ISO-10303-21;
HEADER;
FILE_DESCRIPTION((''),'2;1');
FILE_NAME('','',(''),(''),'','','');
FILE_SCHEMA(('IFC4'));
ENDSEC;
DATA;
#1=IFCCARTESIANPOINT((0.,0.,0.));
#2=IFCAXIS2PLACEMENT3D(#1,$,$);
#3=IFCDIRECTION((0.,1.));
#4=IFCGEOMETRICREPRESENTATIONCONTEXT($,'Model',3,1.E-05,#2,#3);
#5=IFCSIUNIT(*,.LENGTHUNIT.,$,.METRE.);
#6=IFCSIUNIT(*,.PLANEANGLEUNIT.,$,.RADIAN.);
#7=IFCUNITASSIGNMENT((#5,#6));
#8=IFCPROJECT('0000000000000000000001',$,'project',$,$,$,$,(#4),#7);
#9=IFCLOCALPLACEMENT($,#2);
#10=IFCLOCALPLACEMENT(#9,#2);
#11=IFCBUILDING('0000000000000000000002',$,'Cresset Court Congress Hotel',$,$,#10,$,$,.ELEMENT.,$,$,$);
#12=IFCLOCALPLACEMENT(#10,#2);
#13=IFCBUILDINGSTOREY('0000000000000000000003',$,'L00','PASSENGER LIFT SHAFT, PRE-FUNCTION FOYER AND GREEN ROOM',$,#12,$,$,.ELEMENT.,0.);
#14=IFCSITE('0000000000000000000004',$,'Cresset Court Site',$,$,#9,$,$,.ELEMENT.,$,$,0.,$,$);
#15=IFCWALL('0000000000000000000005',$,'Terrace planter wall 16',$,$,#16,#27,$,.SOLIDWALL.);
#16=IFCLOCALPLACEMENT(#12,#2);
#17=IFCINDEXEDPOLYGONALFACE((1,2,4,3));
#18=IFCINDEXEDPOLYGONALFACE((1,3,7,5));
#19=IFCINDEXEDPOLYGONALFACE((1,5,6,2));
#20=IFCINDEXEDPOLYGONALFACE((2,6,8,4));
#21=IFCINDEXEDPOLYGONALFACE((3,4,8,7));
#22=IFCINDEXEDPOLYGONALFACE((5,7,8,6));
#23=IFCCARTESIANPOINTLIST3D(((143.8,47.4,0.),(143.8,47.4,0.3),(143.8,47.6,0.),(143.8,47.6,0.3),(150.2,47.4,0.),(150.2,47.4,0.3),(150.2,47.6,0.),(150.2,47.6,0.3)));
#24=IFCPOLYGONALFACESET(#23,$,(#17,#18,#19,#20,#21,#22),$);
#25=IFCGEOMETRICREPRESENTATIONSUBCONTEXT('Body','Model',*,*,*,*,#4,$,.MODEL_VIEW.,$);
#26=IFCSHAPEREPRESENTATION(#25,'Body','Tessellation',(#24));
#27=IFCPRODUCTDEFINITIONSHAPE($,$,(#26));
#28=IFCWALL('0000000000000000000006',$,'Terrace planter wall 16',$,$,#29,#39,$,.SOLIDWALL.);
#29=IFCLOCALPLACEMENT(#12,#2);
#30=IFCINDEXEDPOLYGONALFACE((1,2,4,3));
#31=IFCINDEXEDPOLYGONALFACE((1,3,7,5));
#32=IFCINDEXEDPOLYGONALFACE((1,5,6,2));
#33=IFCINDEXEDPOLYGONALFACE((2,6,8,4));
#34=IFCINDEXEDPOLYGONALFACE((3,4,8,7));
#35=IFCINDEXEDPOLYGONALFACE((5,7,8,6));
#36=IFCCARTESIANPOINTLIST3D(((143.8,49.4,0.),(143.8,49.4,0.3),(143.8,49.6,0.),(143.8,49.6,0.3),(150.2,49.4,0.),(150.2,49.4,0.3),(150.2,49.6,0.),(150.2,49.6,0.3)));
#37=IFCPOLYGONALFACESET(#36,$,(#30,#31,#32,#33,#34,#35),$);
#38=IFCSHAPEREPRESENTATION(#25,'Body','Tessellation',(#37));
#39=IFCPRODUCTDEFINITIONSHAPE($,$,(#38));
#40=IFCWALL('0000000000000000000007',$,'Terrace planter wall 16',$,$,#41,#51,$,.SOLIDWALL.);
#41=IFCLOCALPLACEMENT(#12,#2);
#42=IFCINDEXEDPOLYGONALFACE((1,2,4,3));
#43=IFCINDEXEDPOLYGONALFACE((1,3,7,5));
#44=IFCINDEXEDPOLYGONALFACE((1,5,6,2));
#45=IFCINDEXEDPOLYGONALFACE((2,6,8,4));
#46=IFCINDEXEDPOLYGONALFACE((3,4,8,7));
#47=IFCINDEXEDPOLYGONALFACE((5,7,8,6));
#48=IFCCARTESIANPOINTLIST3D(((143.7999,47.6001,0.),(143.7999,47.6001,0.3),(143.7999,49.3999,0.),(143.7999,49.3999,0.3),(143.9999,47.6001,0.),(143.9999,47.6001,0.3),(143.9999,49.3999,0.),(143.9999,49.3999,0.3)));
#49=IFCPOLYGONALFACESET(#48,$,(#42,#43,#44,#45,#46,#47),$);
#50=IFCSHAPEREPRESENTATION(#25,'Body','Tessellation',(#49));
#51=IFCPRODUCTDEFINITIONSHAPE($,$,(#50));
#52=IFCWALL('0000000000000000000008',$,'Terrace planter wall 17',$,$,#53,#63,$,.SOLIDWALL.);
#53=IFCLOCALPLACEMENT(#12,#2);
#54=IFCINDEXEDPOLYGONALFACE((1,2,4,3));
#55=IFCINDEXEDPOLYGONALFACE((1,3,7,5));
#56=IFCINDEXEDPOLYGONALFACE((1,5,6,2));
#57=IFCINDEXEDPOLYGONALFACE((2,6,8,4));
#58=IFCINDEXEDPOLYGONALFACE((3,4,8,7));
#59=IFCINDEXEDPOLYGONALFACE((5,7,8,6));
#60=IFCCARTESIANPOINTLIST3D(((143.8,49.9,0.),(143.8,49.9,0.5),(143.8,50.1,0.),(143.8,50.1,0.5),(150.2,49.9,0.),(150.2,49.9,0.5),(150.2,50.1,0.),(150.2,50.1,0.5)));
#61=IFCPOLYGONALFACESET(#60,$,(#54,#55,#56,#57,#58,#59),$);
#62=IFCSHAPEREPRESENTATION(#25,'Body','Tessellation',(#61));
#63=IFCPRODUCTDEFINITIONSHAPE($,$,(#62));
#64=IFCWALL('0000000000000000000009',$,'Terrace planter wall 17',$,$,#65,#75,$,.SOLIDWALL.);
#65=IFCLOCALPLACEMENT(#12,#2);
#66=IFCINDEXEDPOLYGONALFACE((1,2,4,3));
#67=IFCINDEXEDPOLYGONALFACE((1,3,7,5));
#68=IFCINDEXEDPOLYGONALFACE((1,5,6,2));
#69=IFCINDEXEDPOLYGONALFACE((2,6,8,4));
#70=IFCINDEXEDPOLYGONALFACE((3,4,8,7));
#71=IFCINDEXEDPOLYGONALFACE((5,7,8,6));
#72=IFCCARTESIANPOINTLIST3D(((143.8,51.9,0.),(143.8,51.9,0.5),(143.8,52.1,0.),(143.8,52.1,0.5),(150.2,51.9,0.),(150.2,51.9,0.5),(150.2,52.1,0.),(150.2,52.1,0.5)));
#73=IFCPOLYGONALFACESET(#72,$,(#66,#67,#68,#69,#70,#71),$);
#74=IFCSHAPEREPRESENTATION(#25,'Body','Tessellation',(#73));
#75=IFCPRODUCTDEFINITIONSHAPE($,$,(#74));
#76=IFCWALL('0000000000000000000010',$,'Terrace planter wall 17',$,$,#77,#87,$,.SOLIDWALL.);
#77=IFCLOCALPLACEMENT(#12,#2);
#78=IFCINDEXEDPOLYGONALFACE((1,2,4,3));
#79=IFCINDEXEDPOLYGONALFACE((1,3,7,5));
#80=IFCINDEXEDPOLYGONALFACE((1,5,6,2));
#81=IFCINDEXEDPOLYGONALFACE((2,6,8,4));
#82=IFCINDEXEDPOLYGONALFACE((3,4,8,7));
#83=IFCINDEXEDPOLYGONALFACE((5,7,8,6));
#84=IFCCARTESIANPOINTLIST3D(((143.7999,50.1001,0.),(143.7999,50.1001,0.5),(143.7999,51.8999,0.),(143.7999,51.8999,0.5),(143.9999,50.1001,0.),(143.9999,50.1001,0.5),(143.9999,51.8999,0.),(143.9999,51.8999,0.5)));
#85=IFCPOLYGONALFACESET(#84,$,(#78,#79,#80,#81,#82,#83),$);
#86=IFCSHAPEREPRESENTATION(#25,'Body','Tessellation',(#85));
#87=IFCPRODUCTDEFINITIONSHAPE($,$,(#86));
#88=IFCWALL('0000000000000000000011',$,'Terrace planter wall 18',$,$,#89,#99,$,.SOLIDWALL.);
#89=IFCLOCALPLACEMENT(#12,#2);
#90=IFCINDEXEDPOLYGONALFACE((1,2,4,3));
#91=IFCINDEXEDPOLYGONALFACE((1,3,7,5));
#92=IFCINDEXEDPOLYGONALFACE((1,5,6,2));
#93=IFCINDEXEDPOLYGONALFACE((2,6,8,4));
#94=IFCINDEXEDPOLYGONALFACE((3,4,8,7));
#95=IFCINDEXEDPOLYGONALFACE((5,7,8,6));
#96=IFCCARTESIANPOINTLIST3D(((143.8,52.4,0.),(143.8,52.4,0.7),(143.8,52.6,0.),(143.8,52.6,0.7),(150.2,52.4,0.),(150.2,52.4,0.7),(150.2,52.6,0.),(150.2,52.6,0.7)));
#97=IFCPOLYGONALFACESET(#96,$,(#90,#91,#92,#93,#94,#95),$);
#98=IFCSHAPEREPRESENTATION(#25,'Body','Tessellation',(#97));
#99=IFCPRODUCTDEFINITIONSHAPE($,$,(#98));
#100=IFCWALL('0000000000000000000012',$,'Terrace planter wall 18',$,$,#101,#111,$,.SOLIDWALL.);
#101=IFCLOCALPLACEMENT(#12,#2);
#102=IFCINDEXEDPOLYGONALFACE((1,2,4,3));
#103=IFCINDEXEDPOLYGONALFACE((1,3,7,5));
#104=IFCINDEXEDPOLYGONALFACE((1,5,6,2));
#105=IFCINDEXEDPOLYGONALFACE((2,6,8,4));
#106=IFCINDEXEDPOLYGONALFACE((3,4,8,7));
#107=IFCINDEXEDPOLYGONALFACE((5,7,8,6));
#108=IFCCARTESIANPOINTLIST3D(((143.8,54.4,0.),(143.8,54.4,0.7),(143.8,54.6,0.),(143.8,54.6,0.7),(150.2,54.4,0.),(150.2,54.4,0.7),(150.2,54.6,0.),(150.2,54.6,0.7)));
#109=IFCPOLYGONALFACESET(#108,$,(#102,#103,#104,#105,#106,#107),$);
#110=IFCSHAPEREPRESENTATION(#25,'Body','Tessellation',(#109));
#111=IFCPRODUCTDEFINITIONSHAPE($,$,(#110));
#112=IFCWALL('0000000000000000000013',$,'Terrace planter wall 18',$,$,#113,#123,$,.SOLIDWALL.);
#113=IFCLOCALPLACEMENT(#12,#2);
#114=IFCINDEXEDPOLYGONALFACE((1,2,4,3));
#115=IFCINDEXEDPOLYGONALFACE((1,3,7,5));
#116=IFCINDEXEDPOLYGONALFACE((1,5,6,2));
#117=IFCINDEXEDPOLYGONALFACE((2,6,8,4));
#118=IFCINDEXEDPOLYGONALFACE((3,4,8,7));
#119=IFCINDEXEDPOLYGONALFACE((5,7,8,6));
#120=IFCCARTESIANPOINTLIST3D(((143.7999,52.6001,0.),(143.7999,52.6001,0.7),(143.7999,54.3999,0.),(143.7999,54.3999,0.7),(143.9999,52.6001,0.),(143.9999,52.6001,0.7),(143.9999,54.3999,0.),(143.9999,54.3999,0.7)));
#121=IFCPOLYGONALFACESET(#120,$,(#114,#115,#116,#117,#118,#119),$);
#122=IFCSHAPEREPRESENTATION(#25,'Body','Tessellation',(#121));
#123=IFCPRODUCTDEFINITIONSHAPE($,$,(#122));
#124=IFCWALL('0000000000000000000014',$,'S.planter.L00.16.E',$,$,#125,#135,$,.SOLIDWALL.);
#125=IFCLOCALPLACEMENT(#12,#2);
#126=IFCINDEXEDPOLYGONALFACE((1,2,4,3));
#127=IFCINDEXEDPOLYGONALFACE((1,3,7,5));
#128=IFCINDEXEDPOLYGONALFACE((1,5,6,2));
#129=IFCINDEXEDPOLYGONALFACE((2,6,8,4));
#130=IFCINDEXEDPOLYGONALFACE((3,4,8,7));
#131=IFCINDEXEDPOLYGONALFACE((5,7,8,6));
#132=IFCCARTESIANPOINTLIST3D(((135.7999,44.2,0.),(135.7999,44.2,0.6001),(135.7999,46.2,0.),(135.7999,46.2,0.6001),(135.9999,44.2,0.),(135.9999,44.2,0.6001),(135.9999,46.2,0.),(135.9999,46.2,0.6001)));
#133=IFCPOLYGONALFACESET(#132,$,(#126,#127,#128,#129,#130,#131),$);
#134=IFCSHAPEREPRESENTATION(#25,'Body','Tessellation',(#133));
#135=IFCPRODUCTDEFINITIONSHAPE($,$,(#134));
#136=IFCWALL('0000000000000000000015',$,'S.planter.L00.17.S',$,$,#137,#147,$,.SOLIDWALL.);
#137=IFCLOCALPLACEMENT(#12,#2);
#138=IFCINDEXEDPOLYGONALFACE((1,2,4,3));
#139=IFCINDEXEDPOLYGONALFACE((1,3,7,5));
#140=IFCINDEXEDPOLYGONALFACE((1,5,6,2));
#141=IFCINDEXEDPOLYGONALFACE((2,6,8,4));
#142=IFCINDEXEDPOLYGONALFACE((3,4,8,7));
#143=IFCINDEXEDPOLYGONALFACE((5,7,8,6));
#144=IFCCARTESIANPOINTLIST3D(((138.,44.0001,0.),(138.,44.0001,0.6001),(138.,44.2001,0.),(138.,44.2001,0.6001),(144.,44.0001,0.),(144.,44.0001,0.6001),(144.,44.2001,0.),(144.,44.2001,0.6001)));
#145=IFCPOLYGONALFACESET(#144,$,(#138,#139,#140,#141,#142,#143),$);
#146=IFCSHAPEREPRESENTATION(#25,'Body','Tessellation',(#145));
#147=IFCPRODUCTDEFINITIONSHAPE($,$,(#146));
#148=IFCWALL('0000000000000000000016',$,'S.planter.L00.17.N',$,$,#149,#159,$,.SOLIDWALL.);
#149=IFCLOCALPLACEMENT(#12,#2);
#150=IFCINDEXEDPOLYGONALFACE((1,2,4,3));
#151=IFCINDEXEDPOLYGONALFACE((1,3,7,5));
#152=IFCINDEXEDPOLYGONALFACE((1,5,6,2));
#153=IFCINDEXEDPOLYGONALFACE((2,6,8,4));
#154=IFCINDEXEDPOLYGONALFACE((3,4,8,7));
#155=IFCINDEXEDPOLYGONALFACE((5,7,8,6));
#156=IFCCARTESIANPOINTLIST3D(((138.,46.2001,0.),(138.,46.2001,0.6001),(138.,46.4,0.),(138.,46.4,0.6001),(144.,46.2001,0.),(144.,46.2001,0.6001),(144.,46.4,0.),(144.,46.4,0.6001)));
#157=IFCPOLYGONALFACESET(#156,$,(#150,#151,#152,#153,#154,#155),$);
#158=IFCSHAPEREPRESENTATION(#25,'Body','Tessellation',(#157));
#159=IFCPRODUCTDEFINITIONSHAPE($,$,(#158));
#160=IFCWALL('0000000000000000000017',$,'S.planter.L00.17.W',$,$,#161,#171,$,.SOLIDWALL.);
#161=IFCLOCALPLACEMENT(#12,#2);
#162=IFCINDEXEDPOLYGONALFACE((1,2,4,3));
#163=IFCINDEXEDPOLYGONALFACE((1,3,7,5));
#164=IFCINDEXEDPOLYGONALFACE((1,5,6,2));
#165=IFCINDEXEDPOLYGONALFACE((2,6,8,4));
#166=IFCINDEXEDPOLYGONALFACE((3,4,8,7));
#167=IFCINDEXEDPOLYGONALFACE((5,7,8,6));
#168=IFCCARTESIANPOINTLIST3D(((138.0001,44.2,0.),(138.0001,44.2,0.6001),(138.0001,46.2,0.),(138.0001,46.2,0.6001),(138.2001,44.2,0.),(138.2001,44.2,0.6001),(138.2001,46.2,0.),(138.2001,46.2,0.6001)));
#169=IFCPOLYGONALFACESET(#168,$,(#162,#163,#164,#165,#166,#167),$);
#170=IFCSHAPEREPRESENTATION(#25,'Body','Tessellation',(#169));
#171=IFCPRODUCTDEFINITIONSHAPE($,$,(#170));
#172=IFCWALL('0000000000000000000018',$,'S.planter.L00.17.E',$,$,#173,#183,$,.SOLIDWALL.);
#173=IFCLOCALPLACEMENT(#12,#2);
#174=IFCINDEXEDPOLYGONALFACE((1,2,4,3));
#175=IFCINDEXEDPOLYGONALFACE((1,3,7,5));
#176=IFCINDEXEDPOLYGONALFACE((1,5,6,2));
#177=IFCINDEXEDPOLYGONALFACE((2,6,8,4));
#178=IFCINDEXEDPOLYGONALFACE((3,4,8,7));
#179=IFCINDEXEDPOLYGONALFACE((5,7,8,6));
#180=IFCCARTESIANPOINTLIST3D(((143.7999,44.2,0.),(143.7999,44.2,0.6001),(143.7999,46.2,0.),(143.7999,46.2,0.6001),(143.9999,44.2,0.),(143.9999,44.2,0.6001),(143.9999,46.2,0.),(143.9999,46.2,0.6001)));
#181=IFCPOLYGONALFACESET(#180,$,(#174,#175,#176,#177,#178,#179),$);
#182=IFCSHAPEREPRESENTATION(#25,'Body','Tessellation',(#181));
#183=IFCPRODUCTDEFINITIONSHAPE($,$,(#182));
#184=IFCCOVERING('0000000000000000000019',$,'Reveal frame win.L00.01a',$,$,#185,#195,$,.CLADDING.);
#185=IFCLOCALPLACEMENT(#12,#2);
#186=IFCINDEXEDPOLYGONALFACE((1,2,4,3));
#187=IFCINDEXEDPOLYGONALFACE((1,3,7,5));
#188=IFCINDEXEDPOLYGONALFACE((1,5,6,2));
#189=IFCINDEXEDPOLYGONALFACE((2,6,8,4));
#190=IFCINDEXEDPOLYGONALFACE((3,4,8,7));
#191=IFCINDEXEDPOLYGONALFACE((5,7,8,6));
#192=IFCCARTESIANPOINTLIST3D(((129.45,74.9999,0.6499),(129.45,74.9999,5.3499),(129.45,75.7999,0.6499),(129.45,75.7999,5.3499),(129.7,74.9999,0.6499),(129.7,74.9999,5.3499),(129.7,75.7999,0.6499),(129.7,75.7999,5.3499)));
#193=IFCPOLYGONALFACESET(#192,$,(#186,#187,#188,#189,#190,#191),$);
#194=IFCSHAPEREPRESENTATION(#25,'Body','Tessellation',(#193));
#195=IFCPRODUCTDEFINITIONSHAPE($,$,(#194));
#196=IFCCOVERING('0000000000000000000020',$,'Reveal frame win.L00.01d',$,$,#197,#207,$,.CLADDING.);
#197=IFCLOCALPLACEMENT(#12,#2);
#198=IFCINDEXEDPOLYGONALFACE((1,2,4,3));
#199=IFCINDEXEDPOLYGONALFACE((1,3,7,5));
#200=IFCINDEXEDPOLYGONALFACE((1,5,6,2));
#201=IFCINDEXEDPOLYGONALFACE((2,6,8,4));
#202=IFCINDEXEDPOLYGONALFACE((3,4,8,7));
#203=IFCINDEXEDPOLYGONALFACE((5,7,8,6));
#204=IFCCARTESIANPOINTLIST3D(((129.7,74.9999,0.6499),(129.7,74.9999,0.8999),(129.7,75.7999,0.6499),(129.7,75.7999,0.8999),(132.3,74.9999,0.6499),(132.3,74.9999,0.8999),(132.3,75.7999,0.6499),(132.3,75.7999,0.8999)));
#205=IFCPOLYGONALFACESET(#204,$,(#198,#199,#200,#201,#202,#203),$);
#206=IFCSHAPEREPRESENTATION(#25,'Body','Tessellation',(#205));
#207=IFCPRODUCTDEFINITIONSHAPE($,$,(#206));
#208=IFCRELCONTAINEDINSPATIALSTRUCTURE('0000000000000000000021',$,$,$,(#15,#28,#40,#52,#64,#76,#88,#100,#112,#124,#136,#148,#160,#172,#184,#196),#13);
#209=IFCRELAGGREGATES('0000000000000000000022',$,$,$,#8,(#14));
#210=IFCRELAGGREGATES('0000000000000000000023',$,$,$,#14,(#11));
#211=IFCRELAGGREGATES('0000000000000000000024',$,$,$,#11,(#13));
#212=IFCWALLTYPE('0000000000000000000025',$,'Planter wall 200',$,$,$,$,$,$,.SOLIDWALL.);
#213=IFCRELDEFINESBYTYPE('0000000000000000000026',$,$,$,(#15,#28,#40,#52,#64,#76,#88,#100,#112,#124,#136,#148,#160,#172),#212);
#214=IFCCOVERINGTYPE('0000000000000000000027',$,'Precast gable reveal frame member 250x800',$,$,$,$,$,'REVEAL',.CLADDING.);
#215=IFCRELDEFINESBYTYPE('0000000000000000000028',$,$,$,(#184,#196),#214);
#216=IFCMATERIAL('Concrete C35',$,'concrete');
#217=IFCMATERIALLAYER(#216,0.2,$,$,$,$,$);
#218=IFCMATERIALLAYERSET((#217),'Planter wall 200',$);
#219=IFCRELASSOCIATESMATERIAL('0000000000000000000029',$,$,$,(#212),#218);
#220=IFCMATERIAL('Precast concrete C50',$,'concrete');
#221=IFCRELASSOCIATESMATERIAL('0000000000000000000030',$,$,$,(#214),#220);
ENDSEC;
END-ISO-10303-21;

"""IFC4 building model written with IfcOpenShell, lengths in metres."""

from ifc_helpers import new_model, si_unit, direction, frame, frame_2d, origin, origin_2d, place, context, subcontext, project, spatial, rectangle, extrude, material, layer, layer_set, type_object, element, save


model = new_model("IFC4")

# Units and contexts
model_context = context("Model", 3, precision=1e-05, world=origin(), true_north=direction((0.0, 1.0)))
body_context = subcontext(model_context, "Body", "Model", "MODEL_VIEW")
ifc_project = project(units=[si_unit("LENGTHUNIT", "METRE"), si_unit("PLANEANGLEUNIT", "RADIAN")], contexts=[model_context])

# Site, building, storey
site_placement = place(None, origin())
site = spatial("IfcSite", under=ifc_project, at=site_placement, Name="Cresset Court Site", CompositionType="ELEMENT", RefElevation=0.0)
building_placement = place(site_placement, origin())
building = spatial("IfcBuilding", under=site, at=building_placement, Name="Cresset Court Congress Hotel", CompositionType="ELEMENT")
storey_placement = place(building_placement, origin())
storey = spatial("IfcBuildingStorey", under=building, at=storey_placement, Name="L00", Description="PASSENGER LIFT SHAFT, PRE-FUNCTION FOYER AND GREEN ROOM", CompositionType="ELEMENT", Elevation=0.0)

# Walls
ifc_material_1 = material(Name="Concrete C35", Category="concrete")
ifc_layer = layer(ifc_material_1, 0.2)
ifc_layer_set = layer_set([ifc_layer], Name="Planter wall 200")
wall_type = type_object("IfcWallType", Name="Planter wall 200", PredefinedType="SOLIDWALL", material=ifc_layer_set)
for number, where, z_axis, x_axis, name in (
    (1, (143.8, 47.5, 0.0), (0.0, 0.0, 1.0), (1.0, 0.0, 0.0), "Terrace planter wall 16"),
    (2, (143.8, 49.5, 0.0), (0.0, 0.0, 1.0), (1.0, 0.0, 0.0), "Terrace planter wall 16"),
):
    element("IfcWall", number, at=place(storey_placement, frame(where, z_axis=z_axis, x_axis=x_axis)), inside=storey, type_object=wall_type, Name=name, PredefinedType="SOLIDWALL", context=body_context, shape_type="SweptSolid", body=[
        extrude(rectangle(XDim=6.3999, YDim=0.2, at=frame_2d((3.2, 0.0))), origin(), (0.0, 0.0, 1.0), 0.3),
    ])
wall_1_placement = place(storey_placement, frame((143.8999, 47.6001, 0.0), z_axis=(0.0, 0.0, 1.0), x_axis=(0.0, 1.0, 0.0)))
element("IfcWall", 3, at=wall_1_placement, inside=storey, type_object=wall_type, Name="Terrace planter wall 16", PredefinedType="SOLIDWALL", context=body_context, shape_type="SweptSolid", body=[
    extrude(rectangle(XDim=1.7998, YDim=0.2, at=frame_2d((0.8999, 0.0))), origin(), (0.0, 0.0, 1.0), 0.3),
])
for number, where, z_axis, x_axis, name in (
    (4, (143.8, 50.0, 0.0), (0.0, 0.0, 1.0), (1.0, 0.0, 0.0), "Terrace planter wall 17"),
    (5, (143.8, 52.0, 0.0), (0.0, 0.0, 1.0), (1.0, 0.0, 0.0), "Terrace planter wall 17"),
):
    element("IfcWall", number, at=place(storey_placement, frame(where, z_axis=z_axis, x_axis=x_axis)), inside=storey, type_object=wall_type, Name=name, PredefinedType="SOLIDWALL", context=body_context, shape_type="SweptSolid", body=[
        extrude(rectangle(XDim=6.3999, YDim=0.2, at=frame_2d((3.2, 0.0))), origin(), (0.0, 0.0, 1.0), 0.5),
    ])
wall_2_placement = place(storey_placement, frame((143.8999, 50.1001, 0.0), z_axis=(0.0, 0.0, 1.0), x_axis=(0.0, 1.0, 0.0)))
element("IfcWall", 6, at=wall_2_placement, inside=storey, type_object=wall_type, Name="Terrace planter wall 17", PredefinedType="SOLIDWALL", context=body_context, shape_type="SweptSolid", body=[
    extrude(rectangle(XDim=1.7998, YDim=0.2, at=frame_2d((0.8999, 0.0))), origin(), (0.0, 0.0, 1.0), 0.5),
])
for number, where, z_axis, x_axis, name in (
    (7, (143.8, 52.5, 0.0), (0.0, 0.0, 1.0), (1.0, 0.0, 0.0), "Terrace planter wall 18"),
    (8, (143.8, 54.5, 0.0), (0.0, 0.0, 1.0), (1.0, 0.0, 0.0), "Terrace planter wall 18"),
):
    element("IfcWall", number, at=place(storey_placement, frame(where, z_axis=z_axis, x_axis=x_axis)), inside=storey, type_object=wall_type, Name=name, PredefinedType="SOLIDWALL", context=body_context, shape_type="SweptSolid", body=[
        extrude(rectangle(XDim=6.3999, YDim=0.2, at=frame_2d((3.2, 0.0))), origin(), (0.0, 0.0, 1.0), 0.7),
    ])
wall_3_placement = place(storey_placement, frame((143.8999, 52.6001, 0.0), z_axis=(0.0, 0.0, 1.0), x_axis=(0.0, 1.0, 0.0)))
element("IfcWall", 9, at=wall_3_placement, inside=storey, type_object=wall_type, Name="Terrace planter wall 18", PredefinedType="SOLIDWALL", context=body_context, shape_type="SweptSolid", body=[
    extrude(rectangle(XDim=1.7998, YDim=0.2, at=frame_2d((0.8999, 0.0))), origin(), (0.0, 0.0, 1.0), 0.7),
])
wall_4_placement = place(storey_placement, frame((135.8999, 44.2, 0.0), z_axis=(0.0, 0.0, 1.0), x_axis=(0.0, 1.0, 0.0)))
element("IfcWall", 10, at=wall_4_placement, inside=storey, type_object=wall_type, Name="S.planter.L00.16.E", PredefinedType="SOLIDWALL", context=body_context, shape_type="SweptSolid", body=[
    extrude(rectangle(XDim=2.0, YDim=0.2, at=frame_2d((1.0, 0.0))), origin(), (0.0, 0.0, 1.0), 0.6001),
])
for number, where, z_axis, x_axis, name in (
    (11, (138.0, 44.1001, 0.0), (0.0, 0.0, 1.0), (1.0, 0.0, 0.0), "S.planter.L00.17.S"),
    (12, (138.0, 46.3, 0.0), (0.0, 0.0, 1.0), (1.0, 0.0, 0.0), "S.planter.L00.17.N"),
):
    element("IfcWall", number, at=place(storey_placement, frame(where, z_axis=z_axis, x_axis=x_axis)), inside=storey, type_object=wall_type, Name=name, PredefinedType="SOLIDWALL", context=body_context, shape_type="SweptSolid", body=[
        extrude(rectangle(XDim=6.0, YDim=0.2, at=frame_2d((3.0, 0.0))), origin(), (0.0, 0.0, 1.0), 0.6001),
    ])
for number, where, z_axis, x_axis, name in (
    (13, (138.1001, 44.2, 0.0), (0.0, 0.0, 1.0), (0.0, 1.0, 0.0), "S.planter.L00.17.W"),
    (14, (143.8999, 44.2, 0.0), (0.0, 0.0, 1.0), (0.0, 1.0, 0.0), "S.planter.L00.17.E"),
):
    element("IfcWall", number, at=place(storey_placement, frame(where, z_axis=z_axis, x_axis=x_axis)), inside=storey, type_object=wall_type, Name=name, PredefinedType="SOLIDWALL", context=body_context, shape_type="SweptSolid", body=[
        extrude(rectangle(XDim=2.0, YDim=0.2, at=frame_2d((1.0, 0.0))), origin(), (0.0, 0.0, 1.0), 0.6001),
    ])

# Coverings
ifc_material_2 = material(Name="Precast concrete C50", Category="concrete")
covering_type = type_object("IfcCoveringType", Name="Precast gable reveal frame member 250x800", ElementType="REVEAL", PredefinedType="CLADDING", material=ifc_material_2)
covering_1_placement = place(storey_placement, frame((129.575, 75.3999, 0.6499), z_axis=(0.0, 0.0, 1.0), x_axis=(1.0, 0.0, 0.0)))
element("IfcCovering", 15, at=covering_1_placement, inside=storey, type_object=covering_type, Name="Reveal frame win.L00.01a", PredefinedType="CLADDING", context=body_context, shape_type="SweptSolid", body=[
    extrude(rectangle(XDim=0.25, YDim=0.8, at=origin_2d()), origin(), (0.0, 0.0, 1.0), 4.7),
])
covering_2_placement = place(storey_placement, frame((131.0, 75.3999, 0.6499), z_axis=(0.0, 0.0, 1.0), x_axis=(1.0, 0.0, 0.0)))
element("IfcCovering", 16, at=covering_2_placement, inside=storey, type_object=covering_type, Name="Reveal frame win.L00.01d", PredefinedType="CLADDING", context=body_context, shape_type="SweptSolid", body=[
    extrude(rectangle(XDim=2.6001, YDim=0.8, at=origin_2d()), origin(), (0.0, 0.0, 1.0), 0.25),
])

save(model, "model.ifc")
